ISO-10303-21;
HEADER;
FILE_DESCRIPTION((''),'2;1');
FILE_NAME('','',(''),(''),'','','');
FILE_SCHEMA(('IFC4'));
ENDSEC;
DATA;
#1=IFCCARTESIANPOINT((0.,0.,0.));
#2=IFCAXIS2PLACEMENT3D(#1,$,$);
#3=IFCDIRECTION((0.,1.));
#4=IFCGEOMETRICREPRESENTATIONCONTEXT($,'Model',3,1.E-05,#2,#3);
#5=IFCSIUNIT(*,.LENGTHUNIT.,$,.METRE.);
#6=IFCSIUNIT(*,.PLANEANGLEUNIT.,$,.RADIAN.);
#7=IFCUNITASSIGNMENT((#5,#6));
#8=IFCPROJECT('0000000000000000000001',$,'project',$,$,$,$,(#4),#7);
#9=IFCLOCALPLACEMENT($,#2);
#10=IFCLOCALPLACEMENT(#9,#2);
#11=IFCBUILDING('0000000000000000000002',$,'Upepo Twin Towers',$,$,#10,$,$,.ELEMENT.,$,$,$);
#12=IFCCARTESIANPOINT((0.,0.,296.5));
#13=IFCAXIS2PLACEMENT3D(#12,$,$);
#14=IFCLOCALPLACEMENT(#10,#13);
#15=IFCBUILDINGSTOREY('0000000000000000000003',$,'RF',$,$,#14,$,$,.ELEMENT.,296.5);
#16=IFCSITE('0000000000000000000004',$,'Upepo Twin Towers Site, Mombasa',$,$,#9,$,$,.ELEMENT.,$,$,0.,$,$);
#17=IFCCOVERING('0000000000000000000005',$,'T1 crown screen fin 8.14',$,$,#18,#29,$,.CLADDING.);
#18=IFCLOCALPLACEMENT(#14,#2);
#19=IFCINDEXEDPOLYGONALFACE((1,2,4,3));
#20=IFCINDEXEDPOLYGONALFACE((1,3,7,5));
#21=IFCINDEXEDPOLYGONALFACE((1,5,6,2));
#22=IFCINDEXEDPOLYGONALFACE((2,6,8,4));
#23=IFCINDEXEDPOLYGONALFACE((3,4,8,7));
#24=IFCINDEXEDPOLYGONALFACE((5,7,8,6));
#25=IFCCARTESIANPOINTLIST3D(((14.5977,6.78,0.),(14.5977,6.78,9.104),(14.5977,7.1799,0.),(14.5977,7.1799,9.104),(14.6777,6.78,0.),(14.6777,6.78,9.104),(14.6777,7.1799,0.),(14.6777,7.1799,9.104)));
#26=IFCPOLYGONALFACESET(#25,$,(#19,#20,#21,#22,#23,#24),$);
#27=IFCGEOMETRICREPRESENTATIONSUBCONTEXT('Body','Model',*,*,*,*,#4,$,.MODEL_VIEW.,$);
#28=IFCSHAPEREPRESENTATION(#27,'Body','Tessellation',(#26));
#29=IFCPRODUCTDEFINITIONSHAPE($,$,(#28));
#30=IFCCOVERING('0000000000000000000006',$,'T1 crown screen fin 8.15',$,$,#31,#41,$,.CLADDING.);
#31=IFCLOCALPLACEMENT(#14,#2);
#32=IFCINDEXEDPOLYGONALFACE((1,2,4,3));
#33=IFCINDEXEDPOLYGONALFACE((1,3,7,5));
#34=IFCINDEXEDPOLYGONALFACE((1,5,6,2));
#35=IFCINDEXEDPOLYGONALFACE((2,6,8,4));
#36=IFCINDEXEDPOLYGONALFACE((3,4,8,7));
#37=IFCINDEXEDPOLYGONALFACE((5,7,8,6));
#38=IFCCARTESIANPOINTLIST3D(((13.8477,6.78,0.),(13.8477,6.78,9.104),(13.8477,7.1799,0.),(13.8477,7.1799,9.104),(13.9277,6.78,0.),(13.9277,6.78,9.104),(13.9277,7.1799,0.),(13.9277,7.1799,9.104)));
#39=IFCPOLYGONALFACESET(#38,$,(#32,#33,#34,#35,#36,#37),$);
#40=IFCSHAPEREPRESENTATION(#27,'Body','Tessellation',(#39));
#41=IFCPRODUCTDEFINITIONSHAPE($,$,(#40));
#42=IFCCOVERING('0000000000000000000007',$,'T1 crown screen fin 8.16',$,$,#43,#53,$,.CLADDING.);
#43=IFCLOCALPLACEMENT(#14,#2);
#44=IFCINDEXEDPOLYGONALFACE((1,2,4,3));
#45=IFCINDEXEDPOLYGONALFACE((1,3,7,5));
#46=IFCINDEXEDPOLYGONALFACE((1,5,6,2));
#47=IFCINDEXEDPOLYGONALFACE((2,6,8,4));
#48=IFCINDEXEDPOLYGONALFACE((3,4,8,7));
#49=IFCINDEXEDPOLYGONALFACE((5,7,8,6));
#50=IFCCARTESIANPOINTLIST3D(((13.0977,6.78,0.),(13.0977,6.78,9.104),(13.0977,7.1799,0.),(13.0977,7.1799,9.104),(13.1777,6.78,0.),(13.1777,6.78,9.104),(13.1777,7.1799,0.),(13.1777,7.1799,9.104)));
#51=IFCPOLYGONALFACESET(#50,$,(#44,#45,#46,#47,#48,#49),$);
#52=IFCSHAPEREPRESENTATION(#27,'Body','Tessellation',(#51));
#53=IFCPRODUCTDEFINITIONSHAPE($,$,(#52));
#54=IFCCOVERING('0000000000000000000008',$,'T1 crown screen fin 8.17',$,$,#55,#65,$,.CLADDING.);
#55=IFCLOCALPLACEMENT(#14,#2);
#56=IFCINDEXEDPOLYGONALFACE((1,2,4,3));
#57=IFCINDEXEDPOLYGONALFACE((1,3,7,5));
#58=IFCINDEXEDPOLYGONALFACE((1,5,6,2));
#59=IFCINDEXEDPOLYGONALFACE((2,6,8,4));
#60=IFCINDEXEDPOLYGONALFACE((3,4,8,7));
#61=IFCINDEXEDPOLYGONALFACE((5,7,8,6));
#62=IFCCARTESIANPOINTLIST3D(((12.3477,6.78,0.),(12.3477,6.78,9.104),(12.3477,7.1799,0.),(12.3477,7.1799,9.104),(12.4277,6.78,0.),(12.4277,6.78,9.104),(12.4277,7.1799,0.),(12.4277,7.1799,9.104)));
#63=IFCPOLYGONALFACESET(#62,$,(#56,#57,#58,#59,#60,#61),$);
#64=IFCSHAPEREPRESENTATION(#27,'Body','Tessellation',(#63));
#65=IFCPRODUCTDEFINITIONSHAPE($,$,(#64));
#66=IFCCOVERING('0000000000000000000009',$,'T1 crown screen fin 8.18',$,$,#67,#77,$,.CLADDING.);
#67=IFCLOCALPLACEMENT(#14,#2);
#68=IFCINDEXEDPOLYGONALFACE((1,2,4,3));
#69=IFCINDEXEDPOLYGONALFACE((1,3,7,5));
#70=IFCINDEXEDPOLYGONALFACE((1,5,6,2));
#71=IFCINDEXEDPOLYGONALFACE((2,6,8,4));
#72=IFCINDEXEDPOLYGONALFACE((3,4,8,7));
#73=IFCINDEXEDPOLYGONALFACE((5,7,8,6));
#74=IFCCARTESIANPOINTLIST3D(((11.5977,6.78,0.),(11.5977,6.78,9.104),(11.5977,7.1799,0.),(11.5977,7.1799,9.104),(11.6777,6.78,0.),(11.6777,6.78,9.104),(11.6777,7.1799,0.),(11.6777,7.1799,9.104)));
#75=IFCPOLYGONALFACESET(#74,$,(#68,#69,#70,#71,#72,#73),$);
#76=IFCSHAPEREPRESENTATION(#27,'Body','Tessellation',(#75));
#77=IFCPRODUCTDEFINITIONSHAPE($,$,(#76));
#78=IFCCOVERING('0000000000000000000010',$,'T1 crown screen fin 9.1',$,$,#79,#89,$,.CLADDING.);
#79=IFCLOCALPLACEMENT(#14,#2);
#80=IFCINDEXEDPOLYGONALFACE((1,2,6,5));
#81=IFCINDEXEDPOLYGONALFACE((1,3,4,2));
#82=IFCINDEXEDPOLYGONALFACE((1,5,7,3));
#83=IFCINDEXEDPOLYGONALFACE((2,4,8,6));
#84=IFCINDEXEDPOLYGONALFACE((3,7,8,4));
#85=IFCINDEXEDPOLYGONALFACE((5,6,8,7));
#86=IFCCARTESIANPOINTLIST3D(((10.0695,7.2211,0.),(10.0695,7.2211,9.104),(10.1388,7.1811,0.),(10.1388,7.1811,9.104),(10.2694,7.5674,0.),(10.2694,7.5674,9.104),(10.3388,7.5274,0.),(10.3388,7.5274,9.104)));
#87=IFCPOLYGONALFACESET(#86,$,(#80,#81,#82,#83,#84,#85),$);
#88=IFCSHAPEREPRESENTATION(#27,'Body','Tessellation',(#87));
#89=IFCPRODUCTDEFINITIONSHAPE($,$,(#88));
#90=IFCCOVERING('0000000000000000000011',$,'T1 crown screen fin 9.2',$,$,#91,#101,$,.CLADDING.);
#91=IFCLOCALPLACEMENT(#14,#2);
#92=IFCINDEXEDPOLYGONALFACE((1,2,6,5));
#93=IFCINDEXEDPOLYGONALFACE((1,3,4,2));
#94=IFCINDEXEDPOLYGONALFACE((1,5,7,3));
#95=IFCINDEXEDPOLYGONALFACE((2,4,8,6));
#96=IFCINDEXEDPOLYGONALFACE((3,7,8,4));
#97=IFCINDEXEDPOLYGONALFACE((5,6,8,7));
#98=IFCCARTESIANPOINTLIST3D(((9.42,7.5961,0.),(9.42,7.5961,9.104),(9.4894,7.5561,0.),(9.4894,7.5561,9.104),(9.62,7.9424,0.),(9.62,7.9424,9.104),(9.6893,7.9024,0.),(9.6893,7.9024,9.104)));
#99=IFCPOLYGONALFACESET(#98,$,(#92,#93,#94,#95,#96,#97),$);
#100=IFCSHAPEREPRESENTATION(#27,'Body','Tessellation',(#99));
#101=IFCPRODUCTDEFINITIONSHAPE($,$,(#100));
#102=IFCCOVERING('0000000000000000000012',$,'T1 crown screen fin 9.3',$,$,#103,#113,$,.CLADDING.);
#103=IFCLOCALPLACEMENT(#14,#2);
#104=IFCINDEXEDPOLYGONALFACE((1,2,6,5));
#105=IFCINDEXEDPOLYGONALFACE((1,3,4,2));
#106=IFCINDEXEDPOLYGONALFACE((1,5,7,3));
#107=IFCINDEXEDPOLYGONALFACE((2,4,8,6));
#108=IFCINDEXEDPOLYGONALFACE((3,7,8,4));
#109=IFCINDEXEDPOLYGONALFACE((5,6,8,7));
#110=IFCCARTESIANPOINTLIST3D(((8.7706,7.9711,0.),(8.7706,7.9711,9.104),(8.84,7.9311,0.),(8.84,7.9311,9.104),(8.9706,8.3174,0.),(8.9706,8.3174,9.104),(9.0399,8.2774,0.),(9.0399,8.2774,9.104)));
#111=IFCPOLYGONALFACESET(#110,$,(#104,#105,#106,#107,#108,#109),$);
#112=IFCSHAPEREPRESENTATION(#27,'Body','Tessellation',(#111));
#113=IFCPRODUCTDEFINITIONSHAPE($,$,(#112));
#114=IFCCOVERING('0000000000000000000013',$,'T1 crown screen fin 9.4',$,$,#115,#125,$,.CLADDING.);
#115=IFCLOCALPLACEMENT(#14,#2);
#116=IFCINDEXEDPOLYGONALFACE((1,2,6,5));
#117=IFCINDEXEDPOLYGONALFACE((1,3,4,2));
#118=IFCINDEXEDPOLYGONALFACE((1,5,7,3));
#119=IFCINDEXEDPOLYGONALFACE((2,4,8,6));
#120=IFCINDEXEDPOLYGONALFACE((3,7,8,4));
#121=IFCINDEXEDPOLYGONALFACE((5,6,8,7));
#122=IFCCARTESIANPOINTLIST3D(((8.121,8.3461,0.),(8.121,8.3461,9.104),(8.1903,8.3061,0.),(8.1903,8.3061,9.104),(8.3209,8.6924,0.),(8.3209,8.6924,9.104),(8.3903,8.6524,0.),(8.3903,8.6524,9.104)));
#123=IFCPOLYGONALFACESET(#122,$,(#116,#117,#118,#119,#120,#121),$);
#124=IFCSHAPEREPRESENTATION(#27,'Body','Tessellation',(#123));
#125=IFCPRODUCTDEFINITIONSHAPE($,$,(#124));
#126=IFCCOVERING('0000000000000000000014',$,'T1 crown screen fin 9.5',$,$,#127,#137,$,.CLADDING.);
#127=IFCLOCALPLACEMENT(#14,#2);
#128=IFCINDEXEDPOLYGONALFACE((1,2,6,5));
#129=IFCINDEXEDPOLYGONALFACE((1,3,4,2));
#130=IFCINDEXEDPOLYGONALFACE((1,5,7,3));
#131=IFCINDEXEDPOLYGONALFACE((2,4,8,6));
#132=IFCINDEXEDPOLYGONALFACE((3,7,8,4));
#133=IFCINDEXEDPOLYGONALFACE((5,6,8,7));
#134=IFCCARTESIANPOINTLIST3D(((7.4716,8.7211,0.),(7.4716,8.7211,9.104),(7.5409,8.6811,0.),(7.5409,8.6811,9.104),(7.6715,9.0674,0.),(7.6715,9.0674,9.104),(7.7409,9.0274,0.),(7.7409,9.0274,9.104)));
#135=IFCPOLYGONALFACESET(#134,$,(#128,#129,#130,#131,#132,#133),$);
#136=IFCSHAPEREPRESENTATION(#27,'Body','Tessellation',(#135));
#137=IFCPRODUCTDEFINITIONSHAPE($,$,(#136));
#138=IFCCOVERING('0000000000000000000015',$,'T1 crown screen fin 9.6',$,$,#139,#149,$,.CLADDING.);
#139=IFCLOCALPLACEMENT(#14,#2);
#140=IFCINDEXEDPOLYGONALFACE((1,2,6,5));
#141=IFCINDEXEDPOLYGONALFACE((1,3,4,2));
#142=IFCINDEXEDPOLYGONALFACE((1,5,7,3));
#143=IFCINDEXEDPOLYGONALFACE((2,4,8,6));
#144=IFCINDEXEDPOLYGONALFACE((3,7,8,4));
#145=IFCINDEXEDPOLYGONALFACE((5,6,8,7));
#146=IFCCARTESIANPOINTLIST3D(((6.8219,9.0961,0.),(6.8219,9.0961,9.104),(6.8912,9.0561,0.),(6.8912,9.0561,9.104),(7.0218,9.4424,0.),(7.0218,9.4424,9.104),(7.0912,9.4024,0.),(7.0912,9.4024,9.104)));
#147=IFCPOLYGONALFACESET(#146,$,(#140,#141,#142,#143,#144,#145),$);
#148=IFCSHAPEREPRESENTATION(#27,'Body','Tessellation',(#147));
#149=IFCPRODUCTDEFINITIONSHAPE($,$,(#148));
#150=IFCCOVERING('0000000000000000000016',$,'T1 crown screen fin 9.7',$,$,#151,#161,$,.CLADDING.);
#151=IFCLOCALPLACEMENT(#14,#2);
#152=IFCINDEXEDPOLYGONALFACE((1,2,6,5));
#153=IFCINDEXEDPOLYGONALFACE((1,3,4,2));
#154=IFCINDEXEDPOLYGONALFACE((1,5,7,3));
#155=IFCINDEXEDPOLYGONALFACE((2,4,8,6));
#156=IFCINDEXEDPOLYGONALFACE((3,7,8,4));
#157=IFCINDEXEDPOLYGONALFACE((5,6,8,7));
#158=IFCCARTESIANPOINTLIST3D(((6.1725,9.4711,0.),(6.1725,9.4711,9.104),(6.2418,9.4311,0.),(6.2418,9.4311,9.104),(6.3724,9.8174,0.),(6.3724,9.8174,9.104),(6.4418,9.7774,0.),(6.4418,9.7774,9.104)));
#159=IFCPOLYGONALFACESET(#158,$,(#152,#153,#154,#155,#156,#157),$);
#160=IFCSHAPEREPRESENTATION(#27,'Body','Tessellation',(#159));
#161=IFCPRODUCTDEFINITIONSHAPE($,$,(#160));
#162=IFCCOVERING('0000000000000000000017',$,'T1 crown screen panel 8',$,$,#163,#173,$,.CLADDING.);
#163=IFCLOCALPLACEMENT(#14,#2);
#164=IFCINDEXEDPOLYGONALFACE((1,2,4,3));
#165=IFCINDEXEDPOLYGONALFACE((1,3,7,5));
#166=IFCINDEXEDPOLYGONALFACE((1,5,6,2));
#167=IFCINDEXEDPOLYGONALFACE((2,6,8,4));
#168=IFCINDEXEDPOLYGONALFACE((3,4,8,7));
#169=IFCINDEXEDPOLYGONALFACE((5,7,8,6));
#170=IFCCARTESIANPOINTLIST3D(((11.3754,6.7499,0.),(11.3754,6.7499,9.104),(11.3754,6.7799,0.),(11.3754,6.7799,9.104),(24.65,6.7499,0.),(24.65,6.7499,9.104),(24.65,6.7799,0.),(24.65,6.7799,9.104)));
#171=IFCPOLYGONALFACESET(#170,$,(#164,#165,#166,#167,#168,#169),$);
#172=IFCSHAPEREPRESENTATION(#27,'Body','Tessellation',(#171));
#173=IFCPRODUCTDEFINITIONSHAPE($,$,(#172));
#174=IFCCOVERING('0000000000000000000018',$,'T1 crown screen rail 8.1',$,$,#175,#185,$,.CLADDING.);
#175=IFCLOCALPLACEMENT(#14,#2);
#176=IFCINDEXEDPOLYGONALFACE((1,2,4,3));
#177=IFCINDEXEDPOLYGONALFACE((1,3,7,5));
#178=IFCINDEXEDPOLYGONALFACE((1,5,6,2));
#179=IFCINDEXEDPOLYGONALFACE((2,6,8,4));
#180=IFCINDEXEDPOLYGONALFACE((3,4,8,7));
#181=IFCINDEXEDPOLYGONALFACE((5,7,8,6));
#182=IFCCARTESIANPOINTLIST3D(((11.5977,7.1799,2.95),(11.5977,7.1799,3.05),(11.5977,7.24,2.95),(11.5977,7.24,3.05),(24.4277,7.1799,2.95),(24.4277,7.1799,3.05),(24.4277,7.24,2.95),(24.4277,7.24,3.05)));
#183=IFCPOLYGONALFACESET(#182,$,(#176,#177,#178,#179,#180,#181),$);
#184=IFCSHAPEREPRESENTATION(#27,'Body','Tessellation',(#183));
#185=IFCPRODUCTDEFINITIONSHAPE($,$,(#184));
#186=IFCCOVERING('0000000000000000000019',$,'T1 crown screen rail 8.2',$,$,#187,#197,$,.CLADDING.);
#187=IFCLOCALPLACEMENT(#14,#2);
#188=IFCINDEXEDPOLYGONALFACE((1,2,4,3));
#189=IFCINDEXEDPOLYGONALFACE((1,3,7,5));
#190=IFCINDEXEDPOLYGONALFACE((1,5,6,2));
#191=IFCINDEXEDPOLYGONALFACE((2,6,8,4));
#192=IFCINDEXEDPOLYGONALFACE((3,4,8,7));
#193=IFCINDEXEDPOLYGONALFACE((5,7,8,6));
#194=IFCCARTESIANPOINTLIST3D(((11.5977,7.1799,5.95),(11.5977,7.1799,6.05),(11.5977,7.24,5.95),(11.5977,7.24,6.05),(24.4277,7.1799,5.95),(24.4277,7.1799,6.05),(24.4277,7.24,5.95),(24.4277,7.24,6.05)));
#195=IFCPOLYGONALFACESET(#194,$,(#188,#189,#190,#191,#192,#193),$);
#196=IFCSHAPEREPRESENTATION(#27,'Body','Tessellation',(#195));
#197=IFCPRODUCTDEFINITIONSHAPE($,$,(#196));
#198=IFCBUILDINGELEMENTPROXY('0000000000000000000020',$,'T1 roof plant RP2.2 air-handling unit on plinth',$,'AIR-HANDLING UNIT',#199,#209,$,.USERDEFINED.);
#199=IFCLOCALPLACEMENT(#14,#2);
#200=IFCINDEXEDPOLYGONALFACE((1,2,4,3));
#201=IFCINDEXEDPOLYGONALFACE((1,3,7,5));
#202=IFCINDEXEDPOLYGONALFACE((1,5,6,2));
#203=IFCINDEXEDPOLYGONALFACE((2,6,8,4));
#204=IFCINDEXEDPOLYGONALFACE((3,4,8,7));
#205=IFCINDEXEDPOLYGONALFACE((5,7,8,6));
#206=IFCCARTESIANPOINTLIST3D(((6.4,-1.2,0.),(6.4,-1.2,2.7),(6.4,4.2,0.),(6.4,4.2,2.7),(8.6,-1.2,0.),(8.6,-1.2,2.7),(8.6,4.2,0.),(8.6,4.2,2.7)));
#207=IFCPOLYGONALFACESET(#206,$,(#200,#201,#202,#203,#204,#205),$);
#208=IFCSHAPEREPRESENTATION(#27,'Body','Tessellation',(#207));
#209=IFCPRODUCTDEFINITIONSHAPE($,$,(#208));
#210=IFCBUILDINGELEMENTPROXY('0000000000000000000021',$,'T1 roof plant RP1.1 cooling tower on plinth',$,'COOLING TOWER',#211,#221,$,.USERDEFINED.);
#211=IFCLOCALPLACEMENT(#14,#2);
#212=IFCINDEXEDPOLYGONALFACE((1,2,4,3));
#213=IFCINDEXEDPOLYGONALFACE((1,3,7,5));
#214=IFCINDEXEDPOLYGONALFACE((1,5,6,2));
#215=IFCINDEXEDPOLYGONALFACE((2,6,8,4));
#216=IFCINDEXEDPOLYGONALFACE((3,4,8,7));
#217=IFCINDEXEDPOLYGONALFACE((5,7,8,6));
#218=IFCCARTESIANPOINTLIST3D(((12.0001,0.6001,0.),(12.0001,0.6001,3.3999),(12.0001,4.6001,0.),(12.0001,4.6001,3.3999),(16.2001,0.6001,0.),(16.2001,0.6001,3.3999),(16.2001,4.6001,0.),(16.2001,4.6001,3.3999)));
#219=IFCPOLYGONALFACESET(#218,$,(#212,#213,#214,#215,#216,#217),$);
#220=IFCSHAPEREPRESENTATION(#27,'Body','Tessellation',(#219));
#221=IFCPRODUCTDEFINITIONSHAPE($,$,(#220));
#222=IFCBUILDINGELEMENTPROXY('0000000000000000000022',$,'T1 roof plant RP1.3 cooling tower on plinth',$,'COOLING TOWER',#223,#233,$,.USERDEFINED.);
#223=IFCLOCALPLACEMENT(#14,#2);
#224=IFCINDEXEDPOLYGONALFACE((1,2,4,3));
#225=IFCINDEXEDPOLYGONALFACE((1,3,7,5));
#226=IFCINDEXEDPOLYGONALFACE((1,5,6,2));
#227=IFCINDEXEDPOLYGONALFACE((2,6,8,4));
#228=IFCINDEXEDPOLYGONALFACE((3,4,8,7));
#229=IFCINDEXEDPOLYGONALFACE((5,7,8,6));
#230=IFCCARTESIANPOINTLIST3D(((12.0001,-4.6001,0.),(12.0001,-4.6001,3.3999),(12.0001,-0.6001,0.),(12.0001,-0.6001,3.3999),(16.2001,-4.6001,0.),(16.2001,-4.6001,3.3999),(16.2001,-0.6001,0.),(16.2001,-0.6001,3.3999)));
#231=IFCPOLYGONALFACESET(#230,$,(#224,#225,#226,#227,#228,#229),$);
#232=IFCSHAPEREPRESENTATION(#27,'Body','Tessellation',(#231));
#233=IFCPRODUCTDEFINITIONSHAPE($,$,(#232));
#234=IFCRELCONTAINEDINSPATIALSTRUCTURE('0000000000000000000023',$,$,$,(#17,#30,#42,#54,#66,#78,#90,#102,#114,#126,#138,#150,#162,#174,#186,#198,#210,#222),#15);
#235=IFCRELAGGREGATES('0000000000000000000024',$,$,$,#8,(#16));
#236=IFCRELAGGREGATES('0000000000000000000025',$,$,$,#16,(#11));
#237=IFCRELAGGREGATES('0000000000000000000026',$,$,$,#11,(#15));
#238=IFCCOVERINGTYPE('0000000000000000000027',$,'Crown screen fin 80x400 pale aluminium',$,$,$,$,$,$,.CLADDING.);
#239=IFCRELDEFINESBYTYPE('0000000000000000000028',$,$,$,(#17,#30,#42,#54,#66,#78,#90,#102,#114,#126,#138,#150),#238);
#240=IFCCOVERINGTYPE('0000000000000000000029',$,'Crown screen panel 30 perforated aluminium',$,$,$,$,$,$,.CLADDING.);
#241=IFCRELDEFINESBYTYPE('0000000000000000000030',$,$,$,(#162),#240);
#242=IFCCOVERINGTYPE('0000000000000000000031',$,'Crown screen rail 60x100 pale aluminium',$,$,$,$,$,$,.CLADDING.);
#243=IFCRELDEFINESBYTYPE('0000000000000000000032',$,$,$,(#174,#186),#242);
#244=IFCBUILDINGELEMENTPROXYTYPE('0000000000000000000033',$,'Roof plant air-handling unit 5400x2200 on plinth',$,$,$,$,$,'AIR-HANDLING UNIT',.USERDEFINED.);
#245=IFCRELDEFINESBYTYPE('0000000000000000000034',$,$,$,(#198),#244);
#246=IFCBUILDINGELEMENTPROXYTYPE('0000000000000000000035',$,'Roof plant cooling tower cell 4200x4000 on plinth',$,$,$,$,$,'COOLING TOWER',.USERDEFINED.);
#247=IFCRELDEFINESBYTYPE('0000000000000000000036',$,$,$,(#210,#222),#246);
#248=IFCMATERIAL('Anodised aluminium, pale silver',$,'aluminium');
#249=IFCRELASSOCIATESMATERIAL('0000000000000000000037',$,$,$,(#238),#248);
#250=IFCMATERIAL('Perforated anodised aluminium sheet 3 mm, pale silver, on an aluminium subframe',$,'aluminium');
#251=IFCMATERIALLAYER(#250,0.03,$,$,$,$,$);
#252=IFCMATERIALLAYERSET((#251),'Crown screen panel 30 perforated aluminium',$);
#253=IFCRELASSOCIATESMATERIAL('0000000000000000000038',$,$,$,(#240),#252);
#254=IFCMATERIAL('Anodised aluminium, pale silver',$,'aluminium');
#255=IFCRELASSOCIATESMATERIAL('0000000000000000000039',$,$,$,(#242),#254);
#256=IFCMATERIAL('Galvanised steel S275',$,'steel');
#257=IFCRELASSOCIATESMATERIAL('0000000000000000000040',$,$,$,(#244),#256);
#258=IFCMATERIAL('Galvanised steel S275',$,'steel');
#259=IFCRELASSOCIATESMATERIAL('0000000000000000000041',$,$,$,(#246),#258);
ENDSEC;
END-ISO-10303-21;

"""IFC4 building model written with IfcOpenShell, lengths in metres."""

from ifc_helpers import new_model, si_unit, direction, frame, origin, origin_2d, place, context, subcontext, project, spatial, rectangle, extrude, material, layer, layer_set, type_object, element, save


model = new_model("IFC4")

# Units and contexts
model_context = context("Model", 3, precision=1e-05, world=origin(), true_north=direction((0.0, 1.0)))
body_context = subcontext(model_context, "Body", "Model", "MODEL_VIEW")
ifc_project = project(units=[si_unit("LENGTHUNIT", "METRE"), si_unit("PLANEANGLEUNIT", "RADIAN")], contexts=[model_context])

# Site, building, storey
site_placement = place(None, origin())
site = spatial("IfcSite", under=ifc_project, at=site_placement, Name="Upepo Twin Towers Site, Mombasa", CompositionType="ELEMENT", RefElevation=0.0)
building_placement = place(site_placement, origin())
building = spatial("IfcBuilding", under=site, at=building_placement, Name="Upepo Twin Towers", CompositionType="ELEMENT")
storey_placement = place(building_placement, frame((0.0, 0.0, 296.5)))
storey = spatial("IfcBuildingStorey", under=building, at=storey_placement, Name="RF", CompositionType="ELEMENT", Elevation=296.5)

# Coverings
ifc_material_1 = material(Name="Anodised aluminium, pale silver", Category="aluminium")
covering_type_1 = type_object("IfcCoveringType", Name="Crown screen fin 80x400 pale aluminium", PredefinedType="CLADDING", material=ifc_material_1)
for number, where, z_axis, x_axis, name in (
    (1, (14.6377, 6.98, 0.0), (0.0, 0.0, 1.0), (-1.0, 0.0, 0.0), "T1 crown screen fin 8.14"),
    (2, (13.8877, 6.98, 0.0), (0.0, 0.0, 1.0), (-1.0, 0.0, 0.0), "T1 crown screen fin 8.15"),
    (3, (13.1377, 6.98, 0.0), (0.0, 0.0, 1.0), (-1.0, 0.0, 0.0), "T1 crown screen fin 8.16"),
    (4, (12.3877, 6.98, 0.0), (0.0, 0.0, 1.0), (-1.0, 0.0, 0.0), "T1 crown screen fin 8.17"),
    (5, (11.6377, 6.98, 0.0), (0.0, 0.0, 1.0), (-1.0, 0.0, 0.0), "T1 crown screen fin 8.18"),
    (6, (10.2041, 7.3743, 0.0), (0.0, 0.0, 1.0), (-0.866025, 0.5, 0.0), "T1 crown screen fin 9.1"),
    (7, (9.5547, 7.7493, 0.0), (0.0, 0.0, 1.0), (-0.866025, 0.5, 0.0), "T1 crown screen fin 9.2"),
    (8, (8.9053, 8.1243, 0.0), (0.0, 0.0, 1.0), (-0.866025, 0.5, 0.0), "T1 crown screen fin 9.3"),
    (9, (8.2556, 8.4993, 0.0), (0.0, 0.0, 1.0), (-0.866025, 0.5, 0.0), "T1 crown screen fin 9.4"),
    (10, (7.6062, 8.8743, 0.0), (0.0, 0.0, 1.0), (-0.866025, 0.5, 0.0), "T1 crown screen fin 9.5"),
    (11, (6.9565, 9.2493, 0.0), (0.0, 0.0, 1.0), (-0.866025, 0.5, 0.0), "T1 crown screen fin 9.6"),
    (12, (6.3071, 9.6243, 0.0), (0.0, 0.0, 1.0), (-0.866025, 0.5, 0.0), "T1 crown screen fin 9.7"),
):
    element("IfcCovering", number, at=place(storey_placement, frame(where, z_axis=z_axis, x_axis=x_axis)), inside=storey, type_object=covering_type_1, Name=name, PredefinedType="CLADDING", context=body_context, shape_type="SweptSolid", body=[
        extrude(rectangle(XDim=0.0801, YDim=0.3999, at=origin_2d()), origin(), (0.0, 0.0, 1.0), 9.104),
    ])
ifc_material_2 = material(Name="Perforated anodised aluminium sheet 3 mm, pale silver, on an aluminium subframe", Category="aluminium")
ifc_layer_1 = layer(ifc_material_2, 0.03)
ifc_layer_set_1 = layer_set([ifc_layer_1], Name="Crown screen panel 30 perforated aluminium")
covering_type_2 = type_object("IfcCoveringType", Name="Crown screen panel 30 perforated aluminium", PredefinedType="CLADDING", material=ifc_layer_set_1)
covering_placement = place(storey_placement, frame((18.0127, 6.7649, 0.0), z_axis=(0.0, 0.0, 1.0), x_axis=(-1.0, 0.0, 0.0)))
element("IfcCovering", 13, at=covering_placement, inside=storey, type_object=covering_type_2, Name="T1 crown screen panel 8", PredefinedType="CLADDING", context=body_context, shape_type="SweptSolid", body=[
    extrude(rectangle(XDim=13.2747, YDim=0.03, at=origin_2d()), origin(), (0.0, 0.0, 1.0), 9.104),
])
ifc_material_3 = material(Name="Anodised aluminium, pale silver", Category="aluminium")
covering_type_3 = type_object("IfcCoveringType", Name="Crown screen rail 60x100 pale aluminium", PredefinedType="CLADDING", material=ifc_material_3)
for number, where, z_axis, x_axis, name in (
    (14, (18.0127, 7.21, 2.95), (0.0, 0.0, 1.0), (-1.0, 0.0, 0.0), "T1 crown screen rail 8.1"),
    (15, (18.0127, 7.21, 5.95), (0.0, 0.0, 1.0), (-1.0, 0.0, 0.0), "T1 crown screen rail 8.2"),
):
    element("IfcCovering", number, at=place(storey_placement, frame(where, z_axis=z_axis, x_axis=x_axis)), inside=storey, type_object=covering_type_3, Name=name, PredefinedType="CLADDING", context=body_context, shape_type="SweptSolid", body=[
        extrude(rectangle(XDim=12.8301, YDim=0.0601, at=origin_2d()), origin(), (0.0, 0.0, 1.0), 0.1001),
    ])

# Building element proxies
ifc_material_4 = material(Name="Galvanised steel S275", Category="steel")
building_element_proxy_type_1 = type_object("IfcBuildingElementProxyType", Name="Roof plant air-handling unit 5400x2200 on plinth", ElementType="AIR-HANDLING UNIT", PredefinedType="USERDEFINED", material=ifc_material_4)
proxy_placement = place(storey_placement, frame((7.5, 1.5, 0.0), z_axis=(0.0, 0.0, 1.0), x_axis=(0.0, 1.0, 0.0)))
element("IfcBuildingElementProxy", 16, at=proxy_placement, inside=storey, type_object=building_element_proxy_type_1, Name="T1 roof plant RP2.2 air-handling unit on plinth", ObjectType="AIR-HANDLING UNIT", PredefinedType="USERDEFINED", context=body_context, shape_type="SweptSolid", body=[
    extrude(rectangle(XDim=5.3999, YDim=2.2, at=origin_2d()), origin(), (0.0, 0.0, 1.0), 2.7),
])
ifc_material_5 = material(Name="Galvanised steel S275", Category="steel")
building_element_proxy_type_2 = type_object("IfcBuildingElementProxyType", Name="Roof plant cooling tower cell 4200x4000 on plinth", ElementType="COOLING TOWER", PredefinedType="USERDEFINED", material=ifc_material_5)
for number, where, z_axis, x_axis, name in (
    (17, (14.1001, 2.6001, 0.0), (0.0, 0.0, 1.0), (1.0, 0.0, 0.0), "T1 roof plant RP1.1 cooling tower on plinth"),
    (18, (14.1001, -2.6001, 0.0), (0.0, 0.0, 1.0), (1.0, 0.0, 0.0), "T1 roof plant RP1.3 cooling tower on plinth"),
):
    element("IfcBuildingElementProxy", number, at=place(storey_placement, frame(where, z_axis=z_axis, x_axis=x_axis)), inside=storey, type_object=building_element_proxy_type_2, Name=name, ObjectType="COOLING TOWER", PredefinedType="USERDEFINED", context=body_context, shape_type="SweptSolid", body=[
        extrude(rectangle(XDim=4.2, YDim=4.0, at=origin_2d()), origin(), (0.0, 0.0, 1.0), 3.3999),
    ])

save(model, "model.ifc")
